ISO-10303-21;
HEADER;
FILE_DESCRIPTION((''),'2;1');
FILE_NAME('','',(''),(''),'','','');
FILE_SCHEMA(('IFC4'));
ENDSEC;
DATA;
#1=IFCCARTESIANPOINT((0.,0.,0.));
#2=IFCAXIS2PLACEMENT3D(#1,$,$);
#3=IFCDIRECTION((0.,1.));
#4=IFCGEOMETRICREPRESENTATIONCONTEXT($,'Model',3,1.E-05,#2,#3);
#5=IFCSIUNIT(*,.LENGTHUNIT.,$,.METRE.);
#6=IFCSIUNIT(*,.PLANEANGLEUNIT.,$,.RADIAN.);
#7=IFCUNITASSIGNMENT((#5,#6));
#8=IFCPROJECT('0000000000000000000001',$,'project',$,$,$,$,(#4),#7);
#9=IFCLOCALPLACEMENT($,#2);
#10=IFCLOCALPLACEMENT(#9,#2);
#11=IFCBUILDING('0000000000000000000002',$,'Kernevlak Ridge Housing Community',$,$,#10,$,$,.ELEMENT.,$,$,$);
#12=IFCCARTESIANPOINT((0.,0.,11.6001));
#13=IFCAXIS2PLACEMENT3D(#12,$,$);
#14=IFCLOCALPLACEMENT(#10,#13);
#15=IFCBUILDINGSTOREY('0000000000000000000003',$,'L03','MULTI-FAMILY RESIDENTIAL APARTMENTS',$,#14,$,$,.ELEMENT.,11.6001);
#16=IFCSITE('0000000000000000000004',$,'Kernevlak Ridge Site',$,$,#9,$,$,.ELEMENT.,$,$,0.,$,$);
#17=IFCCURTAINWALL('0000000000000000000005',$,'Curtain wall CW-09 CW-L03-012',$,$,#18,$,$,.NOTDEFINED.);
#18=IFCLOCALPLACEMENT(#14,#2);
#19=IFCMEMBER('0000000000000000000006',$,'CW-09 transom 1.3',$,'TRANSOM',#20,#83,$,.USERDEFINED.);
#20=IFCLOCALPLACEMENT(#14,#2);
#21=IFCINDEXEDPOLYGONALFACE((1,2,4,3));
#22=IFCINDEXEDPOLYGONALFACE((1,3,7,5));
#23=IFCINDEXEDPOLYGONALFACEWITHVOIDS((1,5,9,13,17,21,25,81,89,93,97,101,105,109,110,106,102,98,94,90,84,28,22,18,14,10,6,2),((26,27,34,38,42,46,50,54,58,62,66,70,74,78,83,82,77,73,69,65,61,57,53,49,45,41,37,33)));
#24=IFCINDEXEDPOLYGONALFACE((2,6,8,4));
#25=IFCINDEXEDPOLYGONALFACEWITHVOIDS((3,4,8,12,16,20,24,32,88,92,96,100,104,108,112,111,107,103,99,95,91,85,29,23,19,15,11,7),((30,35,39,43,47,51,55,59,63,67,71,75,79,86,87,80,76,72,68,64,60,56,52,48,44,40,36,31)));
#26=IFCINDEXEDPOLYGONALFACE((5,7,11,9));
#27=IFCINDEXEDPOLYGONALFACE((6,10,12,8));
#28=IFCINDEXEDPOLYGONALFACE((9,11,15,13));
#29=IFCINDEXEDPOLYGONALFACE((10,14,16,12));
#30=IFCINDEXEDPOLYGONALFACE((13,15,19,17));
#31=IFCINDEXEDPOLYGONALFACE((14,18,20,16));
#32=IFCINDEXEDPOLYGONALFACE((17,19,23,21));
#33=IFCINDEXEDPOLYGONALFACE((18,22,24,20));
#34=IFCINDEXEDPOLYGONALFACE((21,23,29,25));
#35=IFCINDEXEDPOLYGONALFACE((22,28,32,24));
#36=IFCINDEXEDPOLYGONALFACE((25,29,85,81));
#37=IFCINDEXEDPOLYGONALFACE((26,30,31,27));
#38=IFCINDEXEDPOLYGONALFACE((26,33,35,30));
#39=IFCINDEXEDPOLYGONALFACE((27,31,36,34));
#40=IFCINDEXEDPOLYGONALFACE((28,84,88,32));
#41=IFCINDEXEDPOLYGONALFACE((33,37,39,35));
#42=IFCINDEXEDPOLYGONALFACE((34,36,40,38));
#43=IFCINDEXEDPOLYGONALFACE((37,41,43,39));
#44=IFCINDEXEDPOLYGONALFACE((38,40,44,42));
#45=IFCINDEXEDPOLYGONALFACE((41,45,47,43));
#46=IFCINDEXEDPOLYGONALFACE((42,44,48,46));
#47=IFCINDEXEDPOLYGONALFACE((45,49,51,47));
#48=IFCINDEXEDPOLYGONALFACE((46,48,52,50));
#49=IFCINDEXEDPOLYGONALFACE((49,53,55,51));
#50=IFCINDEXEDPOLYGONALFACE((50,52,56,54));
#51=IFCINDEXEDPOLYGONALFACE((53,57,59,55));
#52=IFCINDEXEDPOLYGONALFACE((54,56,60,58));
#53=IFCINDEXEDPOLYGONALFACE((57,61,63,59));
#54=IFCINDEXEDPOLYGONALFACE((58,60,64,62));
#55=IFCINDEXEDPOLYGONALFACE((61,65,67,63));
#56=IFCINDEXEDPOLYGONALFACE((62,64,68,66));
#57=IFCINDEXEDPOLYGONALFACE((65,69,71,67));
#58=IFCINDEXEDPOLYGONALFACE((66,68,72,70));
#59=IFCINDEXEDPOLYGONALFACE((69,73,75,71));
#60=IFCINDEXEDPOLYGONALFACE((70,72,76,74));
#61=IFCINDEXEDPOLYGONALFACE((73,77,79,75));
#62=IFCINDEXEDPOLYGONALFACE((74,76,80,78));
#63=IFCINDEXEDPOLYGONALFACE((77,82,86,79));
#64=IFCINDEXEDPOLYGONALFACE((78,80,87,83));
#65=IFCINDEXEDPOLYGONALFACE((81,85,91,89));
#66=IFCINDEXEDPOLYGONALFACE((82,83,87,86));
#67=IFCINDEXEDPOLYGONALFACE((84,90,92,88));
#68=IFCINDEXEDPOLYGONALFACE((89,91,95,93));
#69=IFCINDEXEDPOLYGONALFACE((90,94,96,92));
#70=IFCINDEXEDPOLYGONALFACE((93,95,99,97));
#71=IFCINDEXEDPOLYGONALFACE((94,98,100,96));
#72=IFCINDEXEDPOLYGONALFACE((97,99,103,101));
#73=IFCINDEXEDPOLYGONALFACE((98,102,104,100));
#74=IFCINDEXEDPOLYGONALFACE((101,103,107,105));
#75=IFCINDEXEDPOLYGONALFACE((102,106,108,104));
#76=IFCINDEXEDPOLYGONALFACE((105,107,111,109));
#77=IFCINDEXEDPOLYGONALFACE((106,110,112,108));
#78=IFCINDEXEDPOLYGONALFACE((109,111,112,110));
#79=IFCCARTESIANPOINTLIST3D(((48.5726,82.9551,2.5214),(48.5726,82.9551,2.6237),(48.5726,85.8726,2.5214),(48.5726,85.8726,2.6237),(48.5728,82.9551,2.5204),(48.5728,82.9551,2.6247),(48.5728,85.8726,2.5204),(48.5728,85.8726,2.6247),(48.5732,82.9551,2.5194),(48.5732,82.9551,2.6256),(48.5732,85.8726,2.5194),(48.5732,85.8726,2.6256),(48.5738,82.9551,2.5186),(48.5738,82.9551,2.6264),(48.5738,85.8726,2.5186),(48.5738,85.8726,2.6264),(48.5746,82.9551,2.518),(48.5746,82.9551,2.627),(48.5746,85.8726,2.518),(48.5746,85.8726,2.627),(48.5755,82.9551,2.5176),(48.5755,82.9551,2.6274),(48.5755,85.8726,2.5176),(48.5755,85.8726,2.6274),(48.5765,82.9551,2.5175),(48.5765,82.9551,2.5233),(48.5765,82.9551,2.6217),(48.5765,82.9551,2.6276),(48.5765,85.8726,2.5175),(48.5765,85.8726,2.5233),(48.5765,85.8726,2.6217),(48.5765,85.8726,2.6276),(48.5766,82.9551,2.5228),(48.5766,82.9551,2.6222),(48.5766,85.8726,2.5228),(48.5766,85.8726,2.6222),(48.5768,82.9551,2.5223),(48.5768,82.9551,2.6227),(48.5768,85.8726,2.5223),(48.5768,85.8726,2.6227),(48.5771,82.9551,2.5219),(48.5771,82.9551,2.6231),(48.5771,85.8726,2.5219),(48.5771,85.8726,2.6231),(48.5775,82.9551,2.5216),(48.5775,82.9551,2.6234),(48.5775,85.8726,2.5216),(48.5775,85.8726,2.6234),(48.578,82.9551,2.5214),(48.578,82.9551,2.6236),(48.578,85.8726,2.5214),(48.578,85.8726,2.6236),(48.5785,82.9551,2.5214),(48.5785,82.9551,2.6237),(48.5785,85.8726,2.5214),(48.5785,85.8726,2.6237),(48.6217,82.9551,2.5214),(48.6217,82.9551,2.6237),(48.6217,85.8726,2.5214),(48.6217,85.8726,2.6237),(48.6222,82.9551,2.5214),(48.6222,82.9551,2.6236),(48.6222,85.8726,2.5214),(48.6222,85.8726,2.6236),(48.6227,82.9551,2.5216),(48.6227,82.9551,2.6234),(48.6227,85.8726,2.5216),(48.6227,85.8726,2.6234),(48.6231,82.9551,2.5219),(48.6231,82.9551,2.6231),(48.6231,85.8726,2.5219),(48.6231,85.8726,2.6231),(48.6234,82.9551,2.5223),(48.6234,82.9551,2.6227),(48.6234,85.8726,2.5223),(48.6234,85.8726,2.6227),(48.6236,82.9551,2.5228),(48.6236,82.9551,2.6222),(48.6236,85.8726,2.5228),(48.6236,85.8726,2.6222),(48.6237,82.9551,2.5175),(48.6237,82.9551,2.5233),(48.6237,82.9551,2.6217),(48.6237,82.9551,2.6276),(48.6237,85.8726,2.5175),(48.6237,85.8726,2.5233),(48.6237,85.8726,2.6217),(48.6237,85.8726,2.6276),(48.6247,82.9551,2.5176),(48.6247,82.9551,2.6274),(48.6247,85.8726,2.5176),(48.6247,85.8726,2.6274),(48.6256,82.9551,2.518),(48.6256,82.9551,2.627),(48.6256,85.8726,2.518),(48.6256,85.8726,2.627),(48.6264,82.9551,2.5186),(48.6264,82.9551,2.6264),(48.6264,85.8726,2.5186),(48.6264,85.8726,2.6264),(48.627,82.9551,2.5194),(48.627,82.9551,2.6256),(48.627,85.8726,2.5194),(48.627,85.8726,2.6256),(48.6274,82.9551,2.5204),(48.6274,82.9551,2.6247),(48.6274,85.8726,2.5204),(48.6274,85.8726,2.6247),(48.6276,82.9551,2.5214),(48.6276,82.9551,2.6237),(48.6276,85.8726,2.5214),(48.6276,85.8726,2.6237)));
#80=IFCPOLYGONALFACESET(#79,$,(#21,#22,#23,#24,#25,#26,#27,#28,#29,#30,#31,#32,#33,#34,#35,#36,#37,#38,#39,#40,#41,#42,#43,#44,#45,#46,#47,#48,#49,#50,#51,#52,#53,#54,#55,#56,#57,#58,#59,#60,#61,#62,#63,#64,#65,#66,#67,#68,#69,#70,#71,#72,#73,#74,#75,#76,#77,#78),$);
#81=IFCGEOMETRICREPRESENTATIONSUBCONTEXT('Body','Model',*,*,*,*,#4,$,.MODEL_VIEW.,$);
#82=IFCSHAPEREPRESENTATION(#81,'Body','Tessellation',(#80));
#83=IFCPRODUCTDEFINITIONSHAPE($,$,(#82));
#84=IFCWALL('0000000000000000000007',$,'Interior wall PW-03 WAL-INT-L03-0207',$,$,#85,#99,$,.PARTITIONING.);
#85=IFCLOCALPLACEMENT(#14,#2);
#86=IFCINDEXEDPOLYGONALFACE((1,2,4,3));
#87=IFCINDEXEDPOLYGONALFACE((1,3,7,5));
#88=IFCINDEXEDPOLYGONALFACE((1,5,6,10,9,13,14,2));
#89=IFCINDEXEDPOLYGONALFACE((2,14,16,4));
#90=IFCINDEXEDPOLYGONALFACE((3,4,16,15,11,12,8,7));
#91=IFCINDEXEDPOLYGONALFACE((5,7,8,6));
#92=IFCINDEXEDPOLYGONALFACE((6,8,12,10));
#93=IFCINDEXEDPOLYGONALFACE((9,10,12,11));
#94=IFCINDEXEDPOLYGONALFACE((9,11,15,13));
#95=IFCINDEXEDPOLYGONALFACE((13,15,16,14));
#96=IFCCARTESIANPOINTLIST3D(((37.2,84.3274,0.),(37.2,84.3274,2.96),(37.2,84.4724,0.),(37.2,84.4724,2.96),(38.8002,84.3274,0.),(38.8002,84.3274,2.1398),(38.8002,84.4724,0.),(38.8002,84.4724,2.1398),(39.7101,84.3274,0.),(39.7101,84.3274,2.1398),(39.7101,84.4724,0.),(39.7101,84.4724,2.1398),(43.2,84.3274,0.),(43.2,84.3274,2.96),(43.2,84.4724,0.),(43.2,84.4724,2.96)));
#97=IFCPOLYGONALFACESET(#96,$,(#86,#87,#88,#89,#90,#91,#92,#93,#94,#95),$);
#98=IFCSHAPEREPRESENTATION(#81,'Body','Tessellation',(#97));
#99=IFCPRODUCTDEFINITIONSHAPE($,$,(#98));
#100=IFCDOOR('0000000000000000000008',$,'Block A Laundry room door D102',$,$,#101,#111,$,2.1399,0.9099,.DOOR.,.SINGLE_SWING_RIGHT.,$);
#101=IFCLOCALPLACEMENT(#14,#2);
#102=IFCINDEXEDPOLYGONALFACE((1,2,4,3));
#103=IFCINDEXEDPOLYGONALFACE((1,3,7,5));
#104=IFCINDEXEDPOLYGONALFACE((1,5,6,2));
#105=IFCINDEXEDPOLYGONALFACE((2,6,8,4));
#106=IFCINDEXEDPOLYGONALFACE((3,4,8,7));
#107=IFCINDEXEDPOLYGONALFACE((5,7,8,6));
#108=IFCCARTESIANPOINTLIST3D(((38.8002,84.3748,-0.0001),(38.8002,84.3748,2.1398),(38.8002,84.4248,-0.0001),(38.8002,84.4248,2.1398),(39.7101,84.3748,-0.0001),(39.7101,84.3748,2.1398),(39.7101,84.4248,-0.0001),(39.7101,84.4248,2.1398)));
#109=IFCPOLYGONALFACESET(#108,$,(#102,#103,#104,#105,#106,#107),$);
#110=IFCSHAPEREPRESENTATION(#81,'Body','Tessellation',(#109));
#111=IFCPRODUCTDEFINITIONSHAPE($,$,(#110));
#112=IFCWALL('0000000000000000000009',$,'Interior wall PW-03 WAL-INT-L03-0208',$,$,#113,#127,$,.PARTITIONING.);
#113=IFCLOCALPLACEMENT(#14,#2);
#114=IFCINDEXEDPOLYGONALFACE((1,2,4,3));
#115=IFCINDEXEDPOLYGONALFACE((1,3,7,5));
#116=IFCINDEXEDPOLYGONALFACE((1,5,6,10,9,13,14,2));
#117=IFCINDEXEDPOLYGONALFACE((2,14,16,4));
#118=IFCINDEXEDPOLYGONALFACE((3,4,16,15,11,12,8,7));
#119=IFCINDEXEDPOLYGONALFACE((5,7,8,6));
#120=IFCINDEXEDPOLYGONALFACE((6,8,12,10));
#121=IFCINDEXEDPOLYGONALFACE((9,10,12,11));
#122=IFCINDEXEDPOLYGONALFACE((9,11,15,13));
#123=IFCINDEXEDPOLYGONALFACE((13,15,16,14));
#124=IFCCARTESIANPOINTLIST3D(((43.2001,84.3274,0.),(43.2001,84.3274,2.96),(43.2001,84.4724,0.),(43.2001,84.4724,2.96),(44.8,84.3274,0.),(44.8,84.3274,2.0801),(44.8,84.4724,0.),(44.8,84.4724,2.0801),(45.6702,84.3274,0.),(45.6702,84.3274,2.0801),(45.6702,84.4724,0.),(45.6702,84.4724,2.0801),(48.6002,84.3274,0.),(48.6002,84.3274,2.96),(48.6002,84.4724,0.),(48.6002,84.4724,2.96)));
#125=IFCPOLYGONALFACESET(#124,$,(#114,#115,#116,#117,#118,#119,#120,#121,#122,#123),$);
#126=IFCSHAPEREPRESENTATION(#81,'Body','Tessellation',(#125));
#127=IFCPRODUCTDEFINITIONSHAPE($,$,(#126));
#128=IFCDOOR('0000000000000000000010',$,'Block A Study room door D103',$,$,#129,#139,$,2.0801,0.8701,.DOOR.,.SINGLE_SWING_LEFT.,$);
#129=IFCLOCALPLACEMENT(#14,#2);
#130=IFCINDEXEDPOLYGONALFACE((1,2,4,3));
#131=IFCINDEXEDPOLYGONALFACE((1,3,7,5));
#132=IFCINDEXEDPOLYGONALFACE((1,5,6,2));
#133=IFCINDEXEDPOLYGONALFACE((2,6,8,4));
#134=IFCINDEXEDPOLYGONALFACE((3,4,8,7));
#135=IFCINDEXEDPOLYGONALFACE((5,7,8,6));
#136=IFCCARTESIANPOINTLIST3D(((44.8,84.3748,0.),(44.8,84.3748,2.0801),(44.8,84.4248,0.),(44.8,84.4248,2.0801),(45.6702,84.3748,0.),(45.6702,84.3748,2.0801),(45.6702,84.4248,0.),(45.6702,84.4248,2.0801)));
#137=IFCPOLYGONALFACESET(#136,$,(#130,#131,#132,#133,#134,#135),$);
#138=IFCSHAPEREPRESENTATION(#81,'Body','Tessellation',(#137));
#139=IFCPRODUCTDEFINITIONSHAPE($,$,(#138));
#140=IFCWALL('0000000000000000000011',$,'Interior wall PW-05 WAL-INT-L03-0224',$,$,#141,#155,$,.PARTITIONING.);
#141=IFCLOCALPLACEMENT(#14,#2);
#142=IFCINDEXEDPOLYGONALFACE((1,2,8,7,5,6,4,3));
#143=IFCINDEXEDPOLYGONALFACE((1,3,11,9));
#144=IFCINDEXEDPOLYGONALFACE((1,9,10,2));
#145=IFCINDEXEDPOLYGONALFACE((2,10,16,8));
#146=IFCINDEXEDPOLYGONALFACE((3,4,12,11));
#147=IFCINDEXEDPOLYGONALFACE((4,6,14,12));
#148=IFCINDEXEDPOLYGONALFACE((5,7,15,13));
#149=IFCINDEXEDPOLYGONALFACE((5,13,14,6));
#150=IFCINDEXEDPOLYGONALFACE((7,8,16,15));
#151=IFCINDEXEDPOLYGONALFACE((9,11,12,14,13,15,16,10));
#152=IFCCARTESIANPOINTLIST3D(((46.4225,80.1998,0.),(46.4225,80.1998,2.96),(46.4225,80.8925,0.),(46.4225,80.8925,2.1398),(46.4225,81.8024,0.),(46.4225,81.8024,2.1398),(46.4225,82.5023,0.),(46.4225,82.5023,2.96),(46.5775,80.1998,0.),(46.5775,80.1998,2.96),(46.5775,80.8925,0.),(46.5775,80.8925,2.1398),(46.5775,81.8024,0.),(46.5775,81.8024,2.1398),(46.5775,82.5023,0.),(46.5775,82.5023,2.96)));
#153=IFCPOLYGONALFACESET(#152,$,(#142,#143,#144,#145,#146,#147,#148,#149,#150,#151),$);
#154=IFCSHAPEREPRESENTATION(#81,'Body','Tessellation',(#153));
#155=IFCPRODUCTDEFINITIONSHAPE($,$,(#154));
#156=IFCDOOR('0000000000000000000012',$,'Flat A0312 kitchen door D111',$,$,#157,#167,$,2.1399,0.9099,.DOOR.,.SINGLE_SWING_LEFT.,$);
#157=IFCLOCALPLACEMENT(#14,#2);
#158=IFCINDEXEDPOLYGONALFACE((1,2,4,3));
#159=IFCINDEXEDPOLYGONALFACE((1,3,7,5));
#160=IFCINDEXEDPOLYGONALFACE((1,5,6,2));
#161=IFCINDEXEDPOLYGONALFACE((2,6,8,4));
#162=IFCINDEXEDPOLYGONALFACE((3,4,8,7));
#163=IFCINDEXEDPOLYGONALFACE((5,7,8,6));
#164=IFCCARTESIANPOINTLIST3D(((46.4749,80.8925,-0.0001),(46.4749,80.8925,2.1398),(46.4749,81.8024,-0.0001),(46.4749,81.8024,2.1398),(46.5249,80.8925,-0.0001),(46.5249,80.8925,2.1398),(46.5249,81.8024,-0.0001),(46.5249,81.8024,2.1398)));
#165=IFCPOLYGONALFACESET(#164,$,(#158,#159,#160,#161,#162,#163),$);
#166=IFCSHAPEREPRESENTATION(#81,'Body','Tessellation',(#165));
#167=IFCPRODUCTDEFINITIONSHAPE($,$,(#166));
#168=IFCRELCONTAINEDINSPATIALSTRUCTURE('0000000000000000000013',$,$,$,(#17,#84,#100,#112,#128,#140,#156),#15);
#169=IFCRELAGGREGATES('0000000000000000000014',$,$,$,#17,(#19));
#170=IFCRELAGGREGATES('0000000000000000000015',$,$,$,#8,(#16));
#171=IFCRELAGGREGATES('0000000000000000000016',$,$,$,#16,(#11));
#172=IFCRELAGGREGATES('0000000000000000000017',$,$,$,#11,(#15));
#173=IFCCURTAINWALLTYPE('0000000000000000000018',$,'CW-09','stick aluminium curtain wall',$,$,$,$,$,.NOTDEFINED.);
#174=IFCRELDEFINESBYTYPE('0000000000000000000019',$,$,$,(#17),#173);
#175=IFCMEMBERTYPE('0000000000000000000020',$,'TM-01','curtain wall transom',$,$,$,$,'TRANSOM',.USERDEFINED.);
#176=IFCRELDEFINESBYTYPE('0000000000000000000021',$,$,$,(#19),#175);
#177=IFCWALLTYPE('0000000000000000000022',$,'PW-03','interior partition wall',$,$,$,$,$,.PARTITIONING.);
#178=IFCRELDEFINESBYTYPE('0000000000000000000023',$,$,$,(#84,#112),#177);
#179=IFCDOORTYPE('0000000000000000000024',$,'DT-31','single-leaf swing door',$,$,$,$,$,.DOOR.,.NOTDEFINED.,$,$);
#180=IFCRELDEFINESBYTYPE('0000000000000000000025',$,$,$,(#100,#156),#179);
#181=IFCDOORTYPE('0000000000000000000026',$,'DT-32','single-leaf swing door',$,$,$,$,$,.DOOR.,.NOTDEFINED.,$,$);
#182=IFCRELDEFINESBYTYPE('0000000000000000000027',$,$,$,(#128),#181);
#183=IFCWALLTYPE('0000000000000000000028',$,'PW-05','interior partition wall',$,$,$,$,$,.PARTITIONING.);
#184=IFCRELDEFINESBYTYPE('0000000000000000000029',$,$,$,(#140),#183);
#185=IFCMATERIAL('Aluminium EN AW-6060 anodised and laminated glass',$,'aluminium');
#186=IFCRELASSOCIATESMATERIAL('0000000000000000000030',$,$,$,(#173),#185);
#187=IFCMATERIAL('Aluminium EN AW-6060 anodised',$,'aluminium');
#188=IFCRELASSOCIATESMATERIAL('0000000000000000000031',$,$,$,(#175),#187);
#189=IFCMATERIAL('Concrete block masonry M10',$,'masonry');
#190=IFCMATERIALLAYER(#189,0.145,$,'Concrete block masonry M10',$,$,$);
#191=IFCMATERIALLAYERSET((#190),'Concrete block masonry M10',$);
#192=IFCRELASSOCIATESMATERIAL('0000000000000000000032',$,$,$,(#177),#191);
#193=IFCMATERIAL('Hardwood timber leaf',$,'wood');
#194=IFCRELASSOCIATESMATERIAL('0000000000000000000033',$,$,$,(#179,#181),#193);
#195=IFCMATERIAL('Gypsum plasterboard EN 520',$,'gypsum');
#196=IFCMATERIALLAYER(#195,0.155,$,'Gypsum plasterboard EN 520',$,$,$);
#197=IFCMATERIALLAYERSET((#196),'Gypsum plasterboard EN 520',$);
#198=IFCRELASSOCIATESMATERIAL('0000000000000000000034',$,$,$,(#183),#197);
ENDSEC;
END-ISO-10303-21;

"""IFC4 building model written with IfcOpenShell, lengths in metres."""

from ifc_helpers import new_model, si_unit, direction, frame, frame_2d, origin, origin_2d, place, context, subcontext, project, spatial, rectangle, hollow_rectangle, extrude, material, layer, layer_set, material_profile, profile_set, type_object, element, fill, aggregate, save


model = new_model("IFC4")

# Units and contexts
model_context = context("Model", 3, precision=1e-05, world=origin(), true_north=direction((0.0, 1.0)))
body_context = subcontext(model_context, "Body", "Model", "MODEL_VIEW")
ifc_project = project(units=[si_unit("LENGTHUNIT", "METRE"), si_unit("PLANEANGLEUNIT", "RADIAN")], contexts=[model_context])

# Site, building, storey
site_placement = place(None, origin())
site = spatial("IfcSite", under=ifc_project, at=site_placement, Name="Kernevlak Ridge Site", CompositionType="ELEMENT", RefElevation=0.0)
building_placement = place(site_placement, origin())
building = spatial("IfcBuilding", under=site, at=building_placement, Name="Kernevlak Ridge Housing Community", CompositionType="ELEMENT")
storey_placement = place(building_placement, frame((0.0, 0.0, 11.6001)))
storey = spatial("IfcBuildingStorey", under=building, at=storey_placement, Name="L03", Description="MULTI-FAMILY RESIDENTIAL APARTMENTS", CompositionType="ELEMENT", Elevation=11.6001)

# Curtain wall
ifc_material_1 = material(Name="Aluminium EN AW-6060 anodised and laminated glass", Category="aluminium")
curtain_wall_type = type_object("IfcCurtainWallType", Name="CW-09", Description="stick aluminium curtain wall", PredefinedType="NOTDEFINED", material=ifc_material_1)
curtain_wall_placement = place(storey_placement, origin())
curtain_wall = element("IfcCurtainWall", 1, at=curtain_wall_placement, inside=storey, type_object=curtain_wall_type, Name="Curtain wall CW-09 CW-L03-012", PredefinedType="NOTDEFINED")
ifc_material_2 = material(Name="Aluminium EN AW-6060 anodised", Category="aluminium")

# Member
ifc_material_profile_1 = material_profile(ifc_material_2, hollow_rectangle(XDim=0.0549, YDim=0.1101, WallThickness=0.0039, InnerFilletRadius=0.002, OuterFilletRadius=0.0039, at=origin_2d()), Name="ALU 55x110x4")
ifc_profile_set_1 = profile_set([ifc_material_profile_1], Name="Aluminium EN AW-6060 anodised")
member_type_1 = type_object("IfcMemberType", Name="TM-01", Description="curtain wall transom", ElementType="TRANSOM", PredefinedType="USERDEFINED", material=ifc_profile_set_1)
member_1_placement = place(storey_placement, frame((48.6001, 82.9551, 2.5725), z_axis=(0.0, 1.0, 0.0), x_axis=(-1.0, 0.0, 0.0)))
member_1 = element("IfcMember", 2, at=member_1_placement, type_object=member_type_1, Name="CW-09 transom 1.3", ObjectType="TRANSOM", PredefinedType="USERDEFINED", context=body_context, shape_type="SweptSolid", body=[
    extrude(hollow_rectangle(XDim=0.0549, YDim=0.1101, WallThickness=0.0039, InnerFilletRadius=0.002, OuterFilletRadius=0.0039, at=origin_2d()), origin(), (0.0, 0.0, 1.0), 2.9175),
])
aggregate(curtain_wall, [member_1])

# Walls, openings, doors
ifc_material_3 = material(Name="Concrete block masonry M10", Category="masonry")
ifc_layer_1 = layer(ifc_material_3, 0.145, Name="Concrete block masonry M10")
ifc_layer_set_1 = layer_set([ifc_layer_1], Name="Concrete block masonry M10")
wall_type_1 = type_object("IfcWallType", Name="PW-03", Description="interior partition wall", PredefinedType="PARTITIONING", material=ifc_layer_set_1)
wall_1_placement = place(storey_placement, frame((37.2, 84.3999, 0.0), z_axis=(0.0, 0.0, 1.0), x_axis=(1.0, 0.0, 0.0)))
wall_1 = element("IfcWall", 3, at=wall_1_placement, inside=storey, type_object=wall_type_1, Name="Interior wall PW-03 WAL-INT-L03-0207", PredefinedType="PARTITIONING", context=body_context, shape_type="SweptSolid", body=[
    extrude(rectangle(XDim=6.0, YDim=0.145, at=frame_2d((3.0, 0.0))), origin(), (0.0, 0.0, 1.0), 2.96),
])
opening_1_placement = place(wall_1_placement, frame((1.6001, 0.0, 0.0)))
opening_1 = element("IfcOpeningElement", 4, at=opening_1_placement, cuts=wall_1, PredefinedType="OPENING", context=body_context, shape_type="SweptSolid", body=[
    extrude(rectangle(XDim=0.9099, YDim=2.1399, at=frame_2d((0.4551, 1.0698))), frame((0.0, 0.0825, 0.0), z_axis=(0.0, -1.0, 0.0), x_axis=(1.0, 0.0, 0.0)), (0.0, 0.0, 1.0), 0.165),
])
ifc_material_4 = material(Name="Hardwood timber leaf", Category="wood")
door_type_1 = type_object("IfcDoorType", Name="DT-31", Description="single-leaf swing door", OperationType="NOTDEFINED", PredefinedType="DOOR", material=ifc_material_4)
door_1_placement = place(opening_1_placement, origin())
door_1 = element("IfcDoor", 5, at=door_1_placement, inside=storey, type_object=door_type_1, Name="Block A Laundry room door D102", OperationType="SINGLE_SWING_RIGHT", OverallHeight=2.1399, OverallWidth=0.9099, PredefinedType="DOOR", context=body_context, shape_type="SweptSolid", body=[
    extrude(rectangle(XDim=0.9099, YDim=2.1399, at=frame_2d((0.4551, 1.0698))), frame((0.0, 0.0249, 0.0), z_axis=(0.0, -1.0, 0.0), x_axis=(1.0, 0.0, 0.0)), (0.0, 0.0, 1.0), 0.05),
])
fill(opening_1, door_1)
wall_2_placement = place(storey_placement, frame((43.2, 84.3999, 0.0), z_axis=(0.0, 0.0, 1.0), x_axis=(1.0, 0.0, 0.0)))
wall_2 = element("IfcWall", 6, at=wall_2_placement, inside=storey, type_object=wall_type_1, Name="Interior wall PW-03 WAL-INT-L03-0208", PredefinedType="PARTITIONING", context=body_context, shape_type="SweptSolid", body=[
    extrude(rectangle(XDim=5.4001, YDim=0.145, at=frame_2d((2.7002, 0.0))), origin(), (0.0, 0.0, 1.0), 2.96),
])
opening_2_placement = place(wall_2_placement, frame((1.6001, 0.0, 0.0)))
opening_2 = element("IfcOpeningElement", 7, at=opening_2_placement, cuts=wall_2, PredefinedType="OPENING", context=body_context, shape_type="SweptSolid", body=[
    extrude(rectangle(XDim=0.8701, YDim=2.0801, at=frame_2d((0.4351, 1.04))), frame((0.0, 0.0825, 0.0), z_axis=(0.0, -1.0, 0.0), x_axis=(1.0, 0.0, 0.0)), (0.0, 0.0, 1.0), 0.165),
])
door_type_2 = type_object("IfcDoorType", Name="DT-32", Description="single-leaf swing door", OperationType="NOTDEFINED", PredefinedType="DOOR", material=ifc_material_4)
door_2_placement = place(opening_2_placement, origin())
door_2 = element("IfcDoor", 8, at=door_2_placement, inside=storey, type_object=door_type_2, Name="Block A Study room door D103", OperationType="SINGLE_SWING_LEFT", OverallHeight=2.0801, OverallWidth=0.8701, PredefinedType="DOOR", context=body_context, shape_type="SweptSolid", body=[
    extrude(rectangle(XDim=0.8701, YDim=2.0801, at=frame_2d((0.4351, 1.04))), frame((0.0, 0.0249, 0.0), z_axis=(0.0, -1.0, 0.0), x_axis=(1.0, 0.0, 0.0)), (0.0, 0.0, 1.0), 0.05),
])
fill(opening_2, door_2)
ifc_material_5 = material(Name="Gypsum plasterboard EN 520", Category="gypsum")
ifc_layer_2 = layer(ifc_material_5, 0.155, Name="Gypsum plasterboard EN 520")
ifc_layer_set_2 = layer_set([ifc_layer_2], Name="Gypsum plasterboard EN 520")
wall_type_2 = type_object("IfcWallType", Name="PW-05", Description="interior partition wall", PredefinedType="PARTITIONING", material=ifc_layer_set_2)
wall_3_placement = place(storey_placement, frame((46.5, 82.5024, 0.0), z_axis=(0.0, 0.0, 1.0), x_axis=(0.0, -1.0, 0.0)))
wall_3 = element("IfcWall", 9, at=wall_3_placement, inside=storey, type_object=wall_type_2, Name="Interior wall PW-05 WAL-INT-L03-0224", PredefinedType="PARTITIONING", context=body_context, shape_type="SweptSolid", body=[
    extrude(rectangle(XDim=2.3025, YDim=0.155, at=frame_2d((1.1514, 0.0))), origin(), (0.0, 0.0, 1.0), 2.96),
])
opening_3_placement = place(wall_3_placement, frame((0.7, 0.0, 0.0)))
opening_3 = element("IfcOpeningElement", 10, at=opening_3_placement, cuts=wall_3, PredefinedType="OPENING", context=body_context, shape_type="SweptSolid", body=[
    extrude(rectangle(XDim=0.9099, YDim=2.1399, at=frame_2d((0.4551, 1.0698))), frame((0.0, 0.0874, 0.0), z_axis=(0.0, -1.0, 0.0), x_axis=(1.0, 0.0, 0.0)), (0.0, 0.0, 1.0), 0.175),
])
door_3_placement = place(opening_3_placement, origin())
door_3 = element("IfcDoor", 11, at=door_3_placement, inside=storey, type_object=door_type_1, Name="Flat A0312 kitchen door D111", OperationType="SINGLE_SWING_LEFT", OverallHeight=2.1399, OverallWidth=0.9099, PredefinedType="DOOR", context=body_context, shape_type="SweptSolid", body=[
    extrude(rectangle(XDim=0.9099, YDim=2.1399, at=frame_2d((0.4551, 1.0698))), frame((0.0, 0.0249, 0.0), z_axis=(0.0, -1.0, 0.0), x_axis=(1.0, 0.0, 0.0)), (0.0, 0.0, 1.0), 0.05),
])
fill(opening_3, door_3)

save(model, "model.ifc")
